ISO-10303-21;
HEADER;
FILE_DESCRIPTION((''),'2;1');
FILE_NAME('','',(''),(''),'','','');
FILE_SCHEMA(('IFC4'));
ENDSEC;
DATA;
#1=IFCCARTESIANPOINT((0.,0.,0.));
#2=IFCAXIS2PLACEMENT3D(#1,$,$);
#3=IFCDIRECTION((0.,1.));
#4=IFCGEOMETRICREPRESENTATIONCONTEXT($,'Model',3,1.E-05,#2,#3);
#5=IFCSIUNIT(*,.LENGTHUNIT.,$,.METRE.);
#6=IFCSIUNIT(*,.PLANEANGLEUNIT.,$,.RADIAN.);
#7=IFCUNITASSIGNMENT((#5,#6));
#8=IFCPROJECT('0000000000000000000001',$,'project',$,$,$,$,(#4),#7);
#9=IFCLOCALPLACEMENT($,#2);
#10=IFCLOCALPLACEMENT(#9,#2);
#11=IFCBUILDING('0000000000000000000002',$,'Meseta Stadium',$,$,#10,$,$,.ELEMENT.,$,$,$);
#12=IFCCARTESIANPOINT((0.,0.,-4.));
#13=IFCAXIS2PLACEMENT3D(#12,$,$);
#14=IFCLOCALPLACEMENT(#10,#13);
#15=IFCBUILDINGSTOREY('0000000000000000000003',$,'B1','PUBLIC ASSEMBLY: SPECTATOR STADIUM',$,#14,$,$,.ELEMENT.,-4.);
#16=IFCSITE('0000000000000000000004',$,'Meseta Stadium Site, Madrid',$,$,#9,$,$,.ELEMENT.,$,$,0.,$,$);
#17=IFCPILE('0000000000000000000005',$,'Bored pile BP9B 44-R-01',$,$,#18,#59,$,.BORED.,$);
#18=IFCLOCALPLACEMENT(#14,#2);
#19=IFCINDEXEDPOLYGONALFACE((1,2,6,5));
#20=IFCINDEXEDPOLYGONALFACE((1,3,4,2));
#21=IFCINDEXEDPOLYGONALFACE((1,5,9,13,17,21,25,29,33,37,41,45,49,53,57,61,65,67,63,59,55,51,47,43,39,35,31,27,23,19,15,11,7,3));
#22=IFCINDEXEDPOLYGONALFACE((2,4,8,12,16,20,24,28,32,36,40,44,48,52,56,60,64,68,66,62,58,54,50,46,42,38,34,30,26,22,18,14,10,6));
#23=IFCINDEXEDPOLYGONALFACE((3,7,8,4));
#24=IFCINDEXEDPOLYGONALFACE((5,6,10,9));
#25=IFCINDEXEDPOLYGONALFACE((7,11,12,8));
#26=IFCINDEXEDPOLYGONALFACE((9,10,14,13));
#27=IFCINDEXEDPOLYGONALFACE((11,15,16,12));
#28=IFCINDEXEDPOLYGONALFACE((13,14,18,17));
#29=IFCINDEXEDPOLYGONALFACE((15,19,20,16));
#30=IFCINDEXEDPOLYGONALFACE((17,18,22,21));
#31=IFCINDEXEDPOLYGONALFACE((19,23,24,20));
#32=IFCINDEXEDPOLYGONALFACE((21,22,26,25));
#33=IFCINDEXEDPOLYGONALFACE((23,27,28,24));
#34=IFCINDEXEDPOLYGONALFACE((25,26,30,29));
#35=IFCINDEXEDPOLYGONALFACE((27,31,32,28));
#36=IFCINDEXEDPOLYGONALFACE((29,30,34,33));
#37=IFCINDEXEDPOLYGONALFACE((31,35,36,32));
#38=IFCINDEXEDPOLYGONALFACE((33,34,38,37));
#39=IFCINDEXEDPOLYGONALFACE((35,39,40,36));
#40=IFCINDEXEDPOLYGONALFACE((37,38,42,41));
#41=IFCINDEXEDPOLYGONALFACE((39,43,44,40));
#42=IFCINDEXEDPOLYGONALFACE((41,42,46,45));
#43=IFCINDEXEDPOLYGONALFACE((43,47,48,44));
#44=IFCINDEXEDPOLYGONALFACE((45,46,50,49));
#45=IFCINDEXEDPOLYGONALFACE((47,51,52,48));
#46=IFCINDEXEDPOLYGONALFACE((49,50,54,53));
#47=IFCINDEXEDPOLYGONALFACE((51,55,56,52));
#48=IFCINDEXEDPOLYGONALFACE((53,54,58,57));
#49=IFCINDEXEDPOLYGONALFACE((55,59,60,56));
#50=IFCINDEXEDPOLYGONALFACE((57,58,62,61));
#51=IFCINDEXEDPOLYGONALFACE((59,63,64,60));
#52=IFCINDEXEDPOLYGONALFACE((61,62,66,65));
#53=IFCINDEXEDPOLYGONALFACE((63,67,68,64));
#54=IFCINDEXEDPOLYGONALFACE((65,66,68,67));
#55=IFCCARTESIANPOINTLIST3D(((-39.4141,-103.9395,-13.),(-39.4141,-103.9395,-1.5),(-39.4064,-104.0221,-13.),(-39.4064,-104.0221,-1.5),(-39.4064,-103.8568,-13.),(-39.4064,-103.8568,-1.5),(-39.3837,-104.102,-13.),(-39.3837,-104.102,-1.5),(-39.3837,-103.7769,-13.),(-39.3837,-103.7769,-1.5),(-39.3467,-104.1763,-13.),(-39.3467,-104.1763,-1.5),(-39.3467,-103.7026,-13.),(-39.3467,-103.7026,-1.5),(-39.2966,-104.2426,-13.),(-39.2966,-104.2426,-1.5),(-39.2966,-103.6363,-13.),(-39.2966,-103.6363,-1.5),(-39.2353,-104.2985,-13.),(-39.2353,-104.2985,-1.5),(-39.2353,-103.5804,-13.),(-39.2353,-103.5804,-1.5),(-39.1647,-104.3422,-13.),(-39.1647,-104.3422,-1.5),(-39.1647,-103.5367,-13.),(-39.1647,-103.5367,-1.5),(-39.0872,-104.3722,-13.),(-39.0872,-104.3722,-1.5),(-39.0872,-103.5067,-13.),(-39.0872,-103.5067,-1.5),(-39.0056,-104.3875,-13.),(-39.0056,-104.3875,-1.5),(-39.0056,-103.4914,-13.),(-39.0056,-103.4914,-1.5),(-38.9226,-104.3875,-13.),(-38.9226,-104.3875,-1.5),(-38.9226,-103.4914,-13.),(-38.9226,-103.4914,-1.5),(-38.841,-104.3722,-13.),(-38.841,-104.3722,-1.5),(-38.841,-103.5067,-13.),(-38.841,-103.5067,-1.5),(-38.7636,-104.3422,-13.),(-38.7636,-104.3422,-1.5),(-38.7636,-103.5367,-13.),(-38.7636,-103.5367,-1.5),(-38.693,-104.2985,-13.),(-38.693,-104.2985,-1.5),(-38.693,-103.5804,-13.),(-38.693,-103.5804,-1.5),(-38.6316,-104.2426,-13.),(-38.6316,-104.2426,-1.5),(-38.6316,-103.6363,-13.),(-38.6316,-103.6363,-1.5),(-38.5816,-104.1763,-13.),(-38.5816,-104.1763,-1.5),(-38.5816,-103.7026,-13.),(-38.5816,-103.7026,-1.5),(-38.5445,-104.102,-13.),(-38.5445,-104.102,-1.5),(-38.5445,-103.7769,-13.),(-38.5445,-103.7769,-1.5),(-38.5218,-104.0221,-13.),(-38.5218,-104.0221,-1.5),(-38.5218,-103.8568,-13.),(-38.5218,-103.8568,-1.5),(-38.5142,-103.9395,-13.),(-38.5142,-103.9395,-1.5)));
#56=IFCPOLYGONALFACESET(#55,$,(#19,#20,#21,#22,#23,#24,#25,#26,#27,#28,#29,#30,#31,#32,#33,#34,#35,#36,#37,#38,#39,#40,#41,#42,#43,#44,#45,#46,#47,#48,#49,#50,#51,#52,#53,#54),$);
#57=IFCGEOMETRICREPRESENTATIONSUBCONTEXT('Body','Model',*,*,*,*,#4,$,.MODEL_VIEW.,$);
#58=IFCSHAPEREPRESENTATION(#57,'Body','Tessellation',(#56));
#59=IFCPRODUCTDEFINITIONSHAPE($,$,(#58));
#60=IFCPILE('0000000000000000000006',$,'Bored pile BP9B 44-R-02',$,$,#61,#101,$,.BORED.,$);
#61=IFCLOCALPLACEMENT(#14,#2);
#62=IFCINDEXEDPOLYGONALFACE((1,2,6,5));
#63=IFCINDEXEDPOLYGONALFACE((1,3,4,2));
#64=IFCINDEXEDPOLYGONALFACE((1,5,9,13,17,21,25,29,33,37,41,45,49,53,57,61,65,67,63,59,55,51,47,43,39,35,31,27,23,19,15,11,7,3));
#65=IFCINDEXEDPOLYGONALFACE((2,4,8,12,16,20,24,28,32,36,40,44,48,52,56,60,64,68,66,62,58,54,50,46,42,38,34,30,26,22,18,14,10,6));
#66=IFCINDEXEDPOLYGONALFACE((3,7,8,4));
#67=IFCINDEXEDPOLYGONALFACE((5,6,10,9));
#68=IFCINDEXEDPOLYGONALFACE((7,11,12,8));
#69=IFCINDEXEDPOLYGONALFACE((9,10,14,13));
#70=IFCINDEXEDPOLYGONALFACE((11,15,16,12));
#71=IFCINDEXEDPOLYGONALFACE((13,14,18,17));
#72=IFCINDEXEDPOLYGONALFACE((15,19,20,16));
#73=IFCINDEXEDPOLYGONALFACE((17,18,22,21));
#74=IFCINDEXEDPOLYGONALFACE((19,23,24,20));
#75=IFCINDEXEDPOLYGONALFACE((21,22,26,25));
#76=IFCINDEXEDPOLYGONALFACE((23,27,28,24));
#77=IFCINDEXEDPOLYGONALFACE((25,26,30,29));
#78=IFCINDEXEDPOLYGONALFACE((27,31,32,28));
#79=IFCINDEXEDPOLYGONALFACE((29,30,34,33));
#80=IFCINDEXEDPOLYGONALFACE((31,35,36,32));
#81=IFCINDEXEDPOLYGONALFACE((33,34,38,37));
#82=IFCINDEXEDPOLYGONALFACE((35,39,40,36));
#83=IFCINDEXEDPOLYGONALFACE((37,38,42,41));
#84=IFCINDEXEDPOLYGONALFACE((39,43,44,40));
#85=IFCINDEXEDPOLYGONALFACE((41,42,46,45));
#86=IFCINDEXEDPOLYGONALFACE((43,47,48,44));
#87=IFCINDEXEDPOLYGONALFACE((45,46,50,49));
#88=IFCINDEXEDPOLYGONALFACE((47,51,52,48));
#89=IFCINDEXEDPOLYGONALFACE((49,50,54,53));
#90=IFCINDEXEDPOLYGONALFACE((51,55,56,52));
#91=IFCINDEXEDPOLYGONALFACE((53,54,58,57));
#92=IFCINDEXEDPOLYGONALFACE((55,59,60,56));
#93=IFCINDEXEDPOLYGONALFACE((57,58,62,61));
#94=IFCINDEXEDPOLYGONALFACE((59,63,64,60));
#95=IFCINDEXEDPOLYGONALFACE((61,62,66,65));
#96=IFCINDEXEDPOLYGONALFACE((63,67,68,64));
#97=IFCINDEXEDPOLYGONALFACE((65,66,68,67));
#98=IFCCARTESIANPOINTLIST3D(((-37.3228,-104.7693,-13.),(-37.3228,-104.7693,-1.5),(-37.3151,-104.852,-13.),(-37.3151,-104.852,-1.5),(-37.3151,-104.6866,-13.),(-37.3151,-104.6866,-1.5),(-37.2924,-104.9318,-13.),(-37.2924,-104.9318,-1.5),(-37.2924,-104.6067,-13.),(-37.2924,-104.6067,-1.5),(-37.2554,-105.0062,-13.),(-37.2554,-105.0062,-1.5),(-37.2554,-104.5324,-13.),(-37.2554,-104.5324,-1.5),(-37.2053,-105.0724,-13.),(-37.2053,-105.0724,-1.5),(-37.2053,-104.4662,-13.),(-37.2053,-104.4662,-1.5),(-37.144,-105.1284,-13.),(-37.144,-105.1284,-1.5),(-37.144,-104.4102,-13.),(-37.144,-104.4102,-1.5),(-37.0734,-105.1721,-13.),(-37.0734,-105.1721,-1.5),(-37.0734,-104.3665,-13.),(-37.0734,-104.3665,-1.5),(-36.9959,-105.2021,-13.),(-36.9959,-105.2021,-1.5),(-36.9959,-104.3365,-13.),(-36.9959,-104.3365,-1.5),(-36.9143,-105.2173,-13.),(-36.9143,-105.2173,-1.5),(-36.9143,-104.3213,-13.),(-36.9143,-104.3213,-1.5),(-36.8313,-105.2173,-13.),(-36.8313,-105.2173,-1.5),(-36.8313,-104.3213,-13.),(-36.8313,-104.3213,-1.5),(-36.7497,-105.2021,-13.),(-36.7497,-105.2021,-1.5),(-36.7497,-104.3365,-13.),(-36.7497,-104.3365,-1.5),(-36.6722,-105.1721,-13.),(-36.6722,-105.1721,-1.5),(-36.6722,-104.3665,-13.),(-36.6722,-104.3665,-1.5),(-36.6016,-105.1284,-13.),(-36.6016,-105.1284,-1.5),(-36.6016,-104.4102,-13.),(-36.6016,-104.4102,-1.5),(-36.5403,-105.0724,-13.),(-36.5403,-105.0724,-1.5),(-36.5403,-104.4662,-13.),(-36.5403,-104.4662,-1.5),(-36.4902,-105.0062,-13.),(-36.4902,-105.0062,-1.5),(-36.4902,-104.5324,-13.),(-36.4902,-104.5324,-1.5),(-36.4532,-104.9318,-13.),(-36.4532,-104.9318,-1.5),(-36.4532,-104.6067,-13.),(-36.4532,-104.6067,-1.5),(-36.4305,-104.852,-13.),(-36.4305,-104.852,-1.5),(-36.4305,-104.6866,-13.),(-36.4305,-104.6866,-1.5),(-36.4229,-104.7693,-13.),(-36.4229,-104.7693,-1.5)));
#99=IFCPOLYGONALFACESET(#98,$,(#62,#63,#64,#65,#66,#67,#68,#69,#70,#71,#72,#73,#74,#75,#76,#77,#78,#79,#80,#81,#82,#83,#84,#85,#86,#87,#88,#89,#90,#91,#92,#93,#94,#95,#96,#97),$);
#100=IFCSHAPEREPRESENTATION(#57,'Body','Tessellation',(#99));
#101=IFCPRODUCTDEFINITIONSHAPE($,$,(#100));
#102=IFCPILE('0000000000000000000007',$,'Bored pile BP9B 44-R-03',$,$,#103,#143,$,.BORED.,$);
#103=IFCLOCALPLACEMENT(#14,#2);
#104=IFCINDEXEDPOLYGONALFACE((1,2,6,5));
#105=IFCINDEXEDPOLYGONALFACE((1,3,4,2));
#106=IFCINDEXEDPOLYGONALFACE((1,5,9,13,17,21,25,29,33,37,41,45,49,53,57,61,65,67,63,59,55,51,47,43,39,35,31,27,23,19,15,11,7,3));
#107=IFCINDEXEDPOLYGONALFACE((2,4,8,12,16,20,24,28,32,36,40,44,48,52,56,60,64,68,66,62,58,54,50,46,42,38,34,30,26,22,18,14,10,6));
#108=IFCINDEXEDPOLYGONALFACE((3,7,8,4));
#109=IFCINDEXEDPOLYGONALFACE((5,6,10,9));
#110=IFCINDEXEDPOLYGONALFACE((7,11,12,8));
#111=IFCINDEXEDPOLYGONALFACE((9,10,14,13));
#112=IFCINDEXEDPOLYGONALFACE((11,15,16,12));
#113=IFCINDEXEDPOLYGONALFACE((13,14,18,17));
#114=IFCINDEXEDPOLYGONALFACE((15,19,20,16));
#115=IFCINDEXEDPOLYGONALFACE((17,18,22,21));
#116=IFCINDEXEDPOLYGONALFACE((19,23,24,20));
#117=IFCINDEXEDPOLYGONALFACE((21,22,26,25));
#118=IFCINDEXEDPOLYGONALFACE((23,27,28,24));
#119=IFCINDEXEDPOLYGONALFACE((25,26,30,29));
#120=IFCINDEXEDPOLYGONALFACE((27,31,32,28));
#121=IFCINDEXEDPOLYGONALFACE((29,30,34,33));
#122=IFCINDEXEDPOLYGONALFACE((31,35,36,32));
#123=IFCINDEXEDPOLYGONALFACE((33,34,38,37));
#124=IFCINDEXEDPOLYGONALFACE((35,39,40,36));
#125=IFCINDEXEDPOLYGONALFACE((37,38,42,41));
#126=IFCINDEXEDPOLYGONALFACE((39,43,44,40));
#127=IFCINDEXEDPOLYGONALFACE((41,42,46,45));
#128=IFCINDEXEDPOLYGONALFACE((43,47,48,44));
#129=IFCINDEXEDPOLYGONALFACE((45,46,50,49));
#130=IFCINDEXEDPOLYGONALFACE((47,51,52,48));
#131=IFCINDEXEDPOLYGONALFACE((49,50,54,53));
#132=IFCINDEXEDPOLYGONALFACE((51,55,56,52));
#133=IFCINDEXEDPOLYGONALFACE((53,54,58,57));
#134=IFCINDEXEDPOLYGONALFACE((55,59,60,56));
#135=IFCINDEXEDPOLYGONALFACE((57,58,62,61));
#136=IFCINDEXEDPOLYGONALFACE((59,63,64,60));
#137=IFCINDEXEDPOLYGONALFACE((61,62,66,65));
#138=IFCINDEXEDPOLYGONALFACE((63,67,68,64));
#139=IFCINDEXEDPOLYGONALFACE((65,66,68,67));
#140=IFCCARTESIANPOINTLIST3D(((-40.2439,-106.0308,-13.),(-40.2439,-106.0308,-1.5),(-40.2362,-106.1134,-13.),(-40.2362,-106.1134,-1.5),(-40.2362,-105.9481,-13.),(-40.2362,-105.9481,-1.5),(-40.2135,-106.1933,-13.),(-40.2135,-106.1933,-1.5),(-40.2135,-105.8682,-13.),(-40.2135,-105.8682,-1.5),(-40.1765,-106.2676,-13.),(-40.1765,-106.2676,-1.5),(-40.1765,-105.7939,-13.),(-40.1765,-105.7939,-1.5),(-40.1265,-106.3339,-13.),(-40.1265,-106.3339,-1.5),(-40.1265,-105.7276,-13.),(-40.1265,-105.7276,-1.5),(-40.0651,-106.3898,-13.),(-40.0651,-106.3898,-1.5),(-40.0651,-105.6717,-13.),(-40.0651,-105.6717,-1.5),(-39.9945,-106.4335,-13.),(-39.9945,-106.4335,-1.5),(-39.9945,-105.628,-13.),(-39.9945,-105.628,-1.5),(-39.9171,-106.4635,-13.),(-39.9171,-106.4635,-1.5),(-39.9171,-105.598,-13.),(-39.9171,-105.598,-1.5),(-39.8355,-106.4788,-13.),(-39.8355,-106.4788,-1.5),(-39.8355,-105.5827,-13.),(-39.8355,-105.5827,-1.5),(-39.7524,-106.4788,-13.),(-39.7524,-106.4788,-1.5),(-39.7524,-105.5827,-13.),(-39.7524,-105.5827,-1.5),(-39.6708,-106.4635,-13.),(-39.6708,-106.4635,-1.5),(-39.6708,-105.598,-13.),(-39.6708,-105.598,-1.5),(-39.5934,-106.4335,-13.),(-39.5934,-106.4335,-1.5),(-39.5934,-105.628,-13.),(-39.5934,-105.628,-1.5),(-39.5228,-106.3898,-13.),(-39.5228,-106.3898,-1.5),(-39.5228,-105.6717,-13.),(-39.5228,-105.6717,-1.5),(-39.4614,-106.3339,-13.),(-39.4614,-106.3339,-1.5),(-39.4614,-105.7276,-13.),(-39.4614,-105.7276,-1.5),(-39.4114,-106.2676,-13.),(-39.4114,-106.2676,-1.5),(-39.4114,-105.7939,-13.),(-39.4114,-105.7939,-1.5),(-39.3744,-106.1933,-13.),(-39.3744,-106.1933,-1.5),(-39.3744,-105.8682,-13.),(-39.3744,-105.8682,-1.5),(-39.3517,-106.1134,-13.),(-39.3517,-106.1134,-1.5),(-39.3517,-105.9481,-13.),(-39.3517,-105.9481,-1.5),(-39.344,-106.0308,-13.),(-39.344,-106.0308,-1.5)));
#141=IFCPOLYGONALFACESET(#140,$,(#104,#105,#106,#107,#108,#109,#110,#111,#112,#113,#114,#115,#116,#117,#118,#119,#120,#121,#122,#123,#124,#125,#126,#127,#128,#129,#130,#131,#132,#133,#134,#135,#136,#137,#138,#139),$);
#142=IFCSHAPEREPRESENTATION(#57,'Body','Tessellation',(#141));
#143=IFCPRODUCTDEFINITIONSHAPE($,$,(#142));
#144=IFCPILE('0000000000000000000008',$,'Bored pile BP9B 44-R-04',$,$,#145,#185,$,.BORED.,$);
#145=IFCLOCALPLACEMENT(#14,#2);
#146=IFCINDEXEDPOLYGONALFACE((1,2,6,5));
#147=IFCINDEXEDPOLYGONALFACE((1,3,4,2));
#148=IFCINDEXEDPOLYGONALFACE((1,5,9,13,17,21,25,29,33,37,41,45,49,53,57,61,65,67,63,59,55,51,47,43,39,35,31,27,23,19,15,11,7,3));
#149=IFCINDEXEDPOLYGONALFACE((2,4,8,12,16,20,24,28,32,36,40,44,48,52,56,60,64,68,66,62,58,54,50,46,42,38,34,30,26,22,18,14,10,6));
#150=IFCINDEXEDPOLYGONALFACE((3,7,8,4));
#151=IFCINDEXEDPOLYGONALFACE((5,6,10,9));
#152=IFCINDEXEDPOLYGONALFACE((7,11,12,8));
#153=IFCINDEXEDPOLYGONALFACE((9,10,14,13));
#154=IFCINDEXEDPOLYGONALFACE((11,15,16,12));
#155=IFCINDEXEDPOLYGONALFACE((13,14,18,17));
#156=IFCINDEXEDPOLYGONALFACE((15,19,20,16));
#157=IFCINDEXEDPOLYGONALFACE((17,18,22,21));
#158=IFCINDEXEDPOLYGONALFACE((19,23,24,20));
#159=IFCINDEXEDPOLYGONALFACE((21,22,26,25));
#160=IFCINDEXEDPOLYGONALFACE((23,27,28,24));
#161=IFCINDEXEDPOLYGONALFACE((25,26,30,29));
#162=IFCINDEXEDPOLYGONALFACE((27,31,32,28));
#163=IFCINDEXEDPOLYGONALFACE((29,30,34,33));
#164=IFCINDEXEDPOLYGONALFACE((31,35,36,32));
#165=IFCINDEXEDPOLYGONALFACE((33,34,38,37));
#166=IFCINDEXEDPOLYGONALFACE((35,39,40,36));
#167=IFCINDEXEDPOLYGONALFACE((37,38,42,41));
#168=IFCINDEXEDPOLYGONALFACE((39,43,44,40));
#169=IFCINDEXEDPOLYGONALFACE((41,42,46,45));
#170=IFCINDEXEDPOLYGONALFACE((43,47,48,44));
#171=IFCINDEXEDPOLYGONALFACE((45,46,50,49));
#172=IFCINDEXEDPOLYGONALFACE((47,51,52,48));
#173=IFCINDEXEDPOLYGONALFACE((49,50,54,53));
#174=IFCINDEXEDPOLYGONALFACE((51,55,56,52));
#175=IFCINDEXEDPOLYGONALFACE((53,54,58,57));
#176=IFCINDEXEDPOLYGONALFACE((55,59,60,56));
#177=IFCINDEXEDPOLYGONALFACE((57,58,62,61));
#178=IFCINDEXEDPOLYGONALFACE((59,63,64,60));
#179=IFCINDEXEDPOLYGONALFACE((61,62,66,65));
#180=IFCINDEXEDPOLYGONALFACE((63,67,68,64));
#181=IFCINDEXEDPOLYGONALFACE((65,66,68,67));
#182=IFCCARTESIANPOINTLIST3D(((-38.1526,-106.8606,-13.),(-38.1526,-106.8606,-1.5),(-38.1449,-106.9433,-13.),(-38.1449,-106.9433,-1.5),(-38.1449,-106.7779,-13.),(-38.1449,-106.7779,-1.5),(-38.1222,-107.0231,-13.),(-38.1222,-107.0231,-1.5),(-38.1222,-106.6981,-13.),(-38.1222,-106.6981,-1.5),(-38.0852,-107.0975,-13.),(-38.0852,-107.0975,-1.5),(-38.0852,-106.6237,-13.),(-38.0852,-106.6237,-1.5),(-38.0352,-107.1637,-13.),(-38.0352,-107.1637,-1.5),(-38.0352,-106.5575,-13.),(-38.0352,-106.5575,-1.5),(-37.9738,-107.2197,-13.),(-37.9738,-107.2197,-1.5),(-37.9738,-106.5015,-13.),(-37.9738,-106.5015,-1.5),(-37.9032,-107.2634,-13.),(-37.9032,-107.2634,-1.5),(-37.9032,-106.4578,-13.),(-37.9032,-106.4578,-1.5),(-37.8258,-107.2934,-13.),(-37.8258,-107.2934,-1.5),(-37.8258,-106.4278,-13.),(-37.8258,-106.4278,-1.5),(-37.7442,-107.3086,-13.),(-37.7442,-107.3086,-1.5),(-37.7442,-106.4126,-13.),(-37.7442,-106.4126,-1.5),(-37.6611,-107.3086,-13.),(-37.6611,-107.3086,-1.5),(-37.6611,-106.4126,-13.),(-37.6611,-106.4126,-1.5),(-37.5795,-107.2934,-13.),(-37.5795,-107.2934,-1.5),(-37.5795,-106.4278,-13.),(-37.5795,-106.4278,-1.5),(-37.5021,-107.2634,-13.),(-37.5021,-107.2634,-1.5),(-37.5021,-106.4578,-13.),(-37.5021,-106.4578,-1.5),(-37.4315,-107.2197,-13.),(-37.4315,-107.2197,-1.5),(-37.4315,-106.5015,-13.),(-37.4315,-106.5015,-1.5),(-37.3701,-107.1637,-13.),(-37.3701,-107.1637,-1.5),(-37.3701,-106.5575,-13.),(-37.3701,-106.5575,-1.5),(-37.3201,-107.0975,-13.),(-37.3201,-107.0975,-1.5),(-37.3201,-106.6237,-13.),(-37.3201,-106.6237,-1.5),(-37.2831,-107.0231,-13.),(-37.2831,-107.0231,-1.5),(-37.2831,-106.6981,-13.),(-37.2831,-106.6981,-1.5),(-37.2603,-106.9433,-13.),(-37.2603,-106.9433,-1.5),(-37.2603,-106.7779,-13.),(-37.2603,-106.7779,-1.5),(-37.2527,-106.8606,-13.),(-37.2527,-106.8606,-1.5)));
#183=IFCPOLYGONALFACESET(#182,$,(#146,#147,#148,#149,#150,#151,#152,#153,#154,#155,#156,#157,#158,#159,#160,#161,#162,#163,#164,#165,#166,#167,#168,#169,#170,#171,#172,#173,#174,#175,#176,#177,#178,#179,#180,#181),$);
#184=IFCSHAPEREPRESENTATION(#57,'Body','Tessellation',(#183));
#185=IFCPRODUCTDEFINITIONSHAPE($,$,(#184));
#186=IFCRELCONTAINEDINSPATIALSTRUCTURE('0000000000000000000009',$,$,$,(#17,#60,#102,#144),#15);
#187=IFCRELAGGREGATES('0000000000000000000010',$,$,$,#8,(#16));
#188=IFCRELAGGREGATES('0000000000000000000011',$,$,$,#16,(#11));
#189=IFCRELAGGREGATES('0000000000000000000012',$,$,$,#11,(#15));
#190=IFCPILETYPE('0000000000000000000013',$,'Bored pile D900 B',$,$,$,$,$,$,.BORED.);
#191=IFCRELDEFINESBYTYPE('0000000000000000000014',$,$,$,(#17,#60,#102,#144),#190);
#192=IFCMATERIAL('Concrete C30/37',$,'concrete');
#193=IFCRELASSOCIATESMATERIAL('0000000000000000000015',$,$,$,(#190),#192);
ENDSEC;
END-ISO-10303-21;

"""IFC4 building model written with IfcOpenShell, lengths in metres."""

from ifc_helpers import new_model, si_unit, direction, frame, origin, origin_2d, place, context, subcontext, project, spatial, circle, extrude, material, material_profile, profile_set, type_object, element, save


model = new_model("IFC4")

# Units and contexts
model_context = context("Model", 3, precision=1e-05, world=origin(), true_north=direction((0.0, 1.0)))
body_context = subcontext(model_context, "Body", "Model", "MODEL_VIEW")
ifc_project = project(units=[si_unit("LENGTHUNIT", "METRE"), si_unit("PLANEANGLEUNIT", "RADIAN")], contexts=[model_context])

# Site, building, storey
site_placement = place(None, origin())
site = spatial("IfcSite", under=ifc_project, at=site_placement, Name="Meseta Stadium Site, Madrid", CompositionType="ELEMENT", RefElevation=0.0)
building_placement = place(site_placement, origin())
building = spatial("IfcBuilding", under=site, at=building_placement, Name="Meseta Stadium", CompositionType="ELEMENT")
storey_placement = place(building_placement, frame((0.0, 0.0, -4.0)))
storey = spatial("IfcBuildingStorey", under=building, at=storey_placement, Name="B1", Description="PUBLIC ASSEMBLY: SPECTATOR STADIUM", CompositionType="ELEMENT", Elevation=-4.0)

# Piles
ifc_material_1 = material(Name="Concrete C30/37", Category="concrete")
ifc_material_profile_1 = material_profile(ifc_material_1, circle(Radius=0.45, at=origin_2d()), Name="D900")
ifc_profile_set_1 = profile_set([ifc_material_profile_1], Name="Concrete C30/37")
pile_type = type_object("IfcPileType", Name="Bored pile D900 B", PredefinedType="BORED", material=ifc_profile_set_1)
for number, where, z_axis, x_axis, name in (
    (1, (-38.9641, -103.9395, -1.5), (0.0, 0.0, -1.0), (1.0, 0.0, 0.0), "Bored pile BP9B 44-R-01"),
    (2, (-36.8728, -104.7693, -1.5), (0.0, 0.0, -1.0), (1.0, 0.0, 0.0), "Bored pile BP9B 44-R-02"),
    (3, (-39.7939, -106.0308, -1.5), (0.0, 0.0, -1.0), (1.0, 0.0, 0.0), "Bored pile BP9B 44-R-03"),
    (4, (-37.7026, -106.8606, -1.5), (0.0, 0.0, -1.0), (1.0, 0.0, 0.0), "Bored pile BP9B 44-R-04"),
):
    element("IfcPile", number, at=place(storey_placement, frame(where, z_axis=z_axis, x_axis=x_axis)), inside=storey, type_object=pile_type, Name=name, PredefinedType="BORED", context=body_context, shape_type="SweptSolid", body=[
        extrude(circle(Radius=0.45, at=origin_2d()), origin(), (0.0, 0.0, 1.0), 11.5),
    ])

save(model, "model.ifc")
